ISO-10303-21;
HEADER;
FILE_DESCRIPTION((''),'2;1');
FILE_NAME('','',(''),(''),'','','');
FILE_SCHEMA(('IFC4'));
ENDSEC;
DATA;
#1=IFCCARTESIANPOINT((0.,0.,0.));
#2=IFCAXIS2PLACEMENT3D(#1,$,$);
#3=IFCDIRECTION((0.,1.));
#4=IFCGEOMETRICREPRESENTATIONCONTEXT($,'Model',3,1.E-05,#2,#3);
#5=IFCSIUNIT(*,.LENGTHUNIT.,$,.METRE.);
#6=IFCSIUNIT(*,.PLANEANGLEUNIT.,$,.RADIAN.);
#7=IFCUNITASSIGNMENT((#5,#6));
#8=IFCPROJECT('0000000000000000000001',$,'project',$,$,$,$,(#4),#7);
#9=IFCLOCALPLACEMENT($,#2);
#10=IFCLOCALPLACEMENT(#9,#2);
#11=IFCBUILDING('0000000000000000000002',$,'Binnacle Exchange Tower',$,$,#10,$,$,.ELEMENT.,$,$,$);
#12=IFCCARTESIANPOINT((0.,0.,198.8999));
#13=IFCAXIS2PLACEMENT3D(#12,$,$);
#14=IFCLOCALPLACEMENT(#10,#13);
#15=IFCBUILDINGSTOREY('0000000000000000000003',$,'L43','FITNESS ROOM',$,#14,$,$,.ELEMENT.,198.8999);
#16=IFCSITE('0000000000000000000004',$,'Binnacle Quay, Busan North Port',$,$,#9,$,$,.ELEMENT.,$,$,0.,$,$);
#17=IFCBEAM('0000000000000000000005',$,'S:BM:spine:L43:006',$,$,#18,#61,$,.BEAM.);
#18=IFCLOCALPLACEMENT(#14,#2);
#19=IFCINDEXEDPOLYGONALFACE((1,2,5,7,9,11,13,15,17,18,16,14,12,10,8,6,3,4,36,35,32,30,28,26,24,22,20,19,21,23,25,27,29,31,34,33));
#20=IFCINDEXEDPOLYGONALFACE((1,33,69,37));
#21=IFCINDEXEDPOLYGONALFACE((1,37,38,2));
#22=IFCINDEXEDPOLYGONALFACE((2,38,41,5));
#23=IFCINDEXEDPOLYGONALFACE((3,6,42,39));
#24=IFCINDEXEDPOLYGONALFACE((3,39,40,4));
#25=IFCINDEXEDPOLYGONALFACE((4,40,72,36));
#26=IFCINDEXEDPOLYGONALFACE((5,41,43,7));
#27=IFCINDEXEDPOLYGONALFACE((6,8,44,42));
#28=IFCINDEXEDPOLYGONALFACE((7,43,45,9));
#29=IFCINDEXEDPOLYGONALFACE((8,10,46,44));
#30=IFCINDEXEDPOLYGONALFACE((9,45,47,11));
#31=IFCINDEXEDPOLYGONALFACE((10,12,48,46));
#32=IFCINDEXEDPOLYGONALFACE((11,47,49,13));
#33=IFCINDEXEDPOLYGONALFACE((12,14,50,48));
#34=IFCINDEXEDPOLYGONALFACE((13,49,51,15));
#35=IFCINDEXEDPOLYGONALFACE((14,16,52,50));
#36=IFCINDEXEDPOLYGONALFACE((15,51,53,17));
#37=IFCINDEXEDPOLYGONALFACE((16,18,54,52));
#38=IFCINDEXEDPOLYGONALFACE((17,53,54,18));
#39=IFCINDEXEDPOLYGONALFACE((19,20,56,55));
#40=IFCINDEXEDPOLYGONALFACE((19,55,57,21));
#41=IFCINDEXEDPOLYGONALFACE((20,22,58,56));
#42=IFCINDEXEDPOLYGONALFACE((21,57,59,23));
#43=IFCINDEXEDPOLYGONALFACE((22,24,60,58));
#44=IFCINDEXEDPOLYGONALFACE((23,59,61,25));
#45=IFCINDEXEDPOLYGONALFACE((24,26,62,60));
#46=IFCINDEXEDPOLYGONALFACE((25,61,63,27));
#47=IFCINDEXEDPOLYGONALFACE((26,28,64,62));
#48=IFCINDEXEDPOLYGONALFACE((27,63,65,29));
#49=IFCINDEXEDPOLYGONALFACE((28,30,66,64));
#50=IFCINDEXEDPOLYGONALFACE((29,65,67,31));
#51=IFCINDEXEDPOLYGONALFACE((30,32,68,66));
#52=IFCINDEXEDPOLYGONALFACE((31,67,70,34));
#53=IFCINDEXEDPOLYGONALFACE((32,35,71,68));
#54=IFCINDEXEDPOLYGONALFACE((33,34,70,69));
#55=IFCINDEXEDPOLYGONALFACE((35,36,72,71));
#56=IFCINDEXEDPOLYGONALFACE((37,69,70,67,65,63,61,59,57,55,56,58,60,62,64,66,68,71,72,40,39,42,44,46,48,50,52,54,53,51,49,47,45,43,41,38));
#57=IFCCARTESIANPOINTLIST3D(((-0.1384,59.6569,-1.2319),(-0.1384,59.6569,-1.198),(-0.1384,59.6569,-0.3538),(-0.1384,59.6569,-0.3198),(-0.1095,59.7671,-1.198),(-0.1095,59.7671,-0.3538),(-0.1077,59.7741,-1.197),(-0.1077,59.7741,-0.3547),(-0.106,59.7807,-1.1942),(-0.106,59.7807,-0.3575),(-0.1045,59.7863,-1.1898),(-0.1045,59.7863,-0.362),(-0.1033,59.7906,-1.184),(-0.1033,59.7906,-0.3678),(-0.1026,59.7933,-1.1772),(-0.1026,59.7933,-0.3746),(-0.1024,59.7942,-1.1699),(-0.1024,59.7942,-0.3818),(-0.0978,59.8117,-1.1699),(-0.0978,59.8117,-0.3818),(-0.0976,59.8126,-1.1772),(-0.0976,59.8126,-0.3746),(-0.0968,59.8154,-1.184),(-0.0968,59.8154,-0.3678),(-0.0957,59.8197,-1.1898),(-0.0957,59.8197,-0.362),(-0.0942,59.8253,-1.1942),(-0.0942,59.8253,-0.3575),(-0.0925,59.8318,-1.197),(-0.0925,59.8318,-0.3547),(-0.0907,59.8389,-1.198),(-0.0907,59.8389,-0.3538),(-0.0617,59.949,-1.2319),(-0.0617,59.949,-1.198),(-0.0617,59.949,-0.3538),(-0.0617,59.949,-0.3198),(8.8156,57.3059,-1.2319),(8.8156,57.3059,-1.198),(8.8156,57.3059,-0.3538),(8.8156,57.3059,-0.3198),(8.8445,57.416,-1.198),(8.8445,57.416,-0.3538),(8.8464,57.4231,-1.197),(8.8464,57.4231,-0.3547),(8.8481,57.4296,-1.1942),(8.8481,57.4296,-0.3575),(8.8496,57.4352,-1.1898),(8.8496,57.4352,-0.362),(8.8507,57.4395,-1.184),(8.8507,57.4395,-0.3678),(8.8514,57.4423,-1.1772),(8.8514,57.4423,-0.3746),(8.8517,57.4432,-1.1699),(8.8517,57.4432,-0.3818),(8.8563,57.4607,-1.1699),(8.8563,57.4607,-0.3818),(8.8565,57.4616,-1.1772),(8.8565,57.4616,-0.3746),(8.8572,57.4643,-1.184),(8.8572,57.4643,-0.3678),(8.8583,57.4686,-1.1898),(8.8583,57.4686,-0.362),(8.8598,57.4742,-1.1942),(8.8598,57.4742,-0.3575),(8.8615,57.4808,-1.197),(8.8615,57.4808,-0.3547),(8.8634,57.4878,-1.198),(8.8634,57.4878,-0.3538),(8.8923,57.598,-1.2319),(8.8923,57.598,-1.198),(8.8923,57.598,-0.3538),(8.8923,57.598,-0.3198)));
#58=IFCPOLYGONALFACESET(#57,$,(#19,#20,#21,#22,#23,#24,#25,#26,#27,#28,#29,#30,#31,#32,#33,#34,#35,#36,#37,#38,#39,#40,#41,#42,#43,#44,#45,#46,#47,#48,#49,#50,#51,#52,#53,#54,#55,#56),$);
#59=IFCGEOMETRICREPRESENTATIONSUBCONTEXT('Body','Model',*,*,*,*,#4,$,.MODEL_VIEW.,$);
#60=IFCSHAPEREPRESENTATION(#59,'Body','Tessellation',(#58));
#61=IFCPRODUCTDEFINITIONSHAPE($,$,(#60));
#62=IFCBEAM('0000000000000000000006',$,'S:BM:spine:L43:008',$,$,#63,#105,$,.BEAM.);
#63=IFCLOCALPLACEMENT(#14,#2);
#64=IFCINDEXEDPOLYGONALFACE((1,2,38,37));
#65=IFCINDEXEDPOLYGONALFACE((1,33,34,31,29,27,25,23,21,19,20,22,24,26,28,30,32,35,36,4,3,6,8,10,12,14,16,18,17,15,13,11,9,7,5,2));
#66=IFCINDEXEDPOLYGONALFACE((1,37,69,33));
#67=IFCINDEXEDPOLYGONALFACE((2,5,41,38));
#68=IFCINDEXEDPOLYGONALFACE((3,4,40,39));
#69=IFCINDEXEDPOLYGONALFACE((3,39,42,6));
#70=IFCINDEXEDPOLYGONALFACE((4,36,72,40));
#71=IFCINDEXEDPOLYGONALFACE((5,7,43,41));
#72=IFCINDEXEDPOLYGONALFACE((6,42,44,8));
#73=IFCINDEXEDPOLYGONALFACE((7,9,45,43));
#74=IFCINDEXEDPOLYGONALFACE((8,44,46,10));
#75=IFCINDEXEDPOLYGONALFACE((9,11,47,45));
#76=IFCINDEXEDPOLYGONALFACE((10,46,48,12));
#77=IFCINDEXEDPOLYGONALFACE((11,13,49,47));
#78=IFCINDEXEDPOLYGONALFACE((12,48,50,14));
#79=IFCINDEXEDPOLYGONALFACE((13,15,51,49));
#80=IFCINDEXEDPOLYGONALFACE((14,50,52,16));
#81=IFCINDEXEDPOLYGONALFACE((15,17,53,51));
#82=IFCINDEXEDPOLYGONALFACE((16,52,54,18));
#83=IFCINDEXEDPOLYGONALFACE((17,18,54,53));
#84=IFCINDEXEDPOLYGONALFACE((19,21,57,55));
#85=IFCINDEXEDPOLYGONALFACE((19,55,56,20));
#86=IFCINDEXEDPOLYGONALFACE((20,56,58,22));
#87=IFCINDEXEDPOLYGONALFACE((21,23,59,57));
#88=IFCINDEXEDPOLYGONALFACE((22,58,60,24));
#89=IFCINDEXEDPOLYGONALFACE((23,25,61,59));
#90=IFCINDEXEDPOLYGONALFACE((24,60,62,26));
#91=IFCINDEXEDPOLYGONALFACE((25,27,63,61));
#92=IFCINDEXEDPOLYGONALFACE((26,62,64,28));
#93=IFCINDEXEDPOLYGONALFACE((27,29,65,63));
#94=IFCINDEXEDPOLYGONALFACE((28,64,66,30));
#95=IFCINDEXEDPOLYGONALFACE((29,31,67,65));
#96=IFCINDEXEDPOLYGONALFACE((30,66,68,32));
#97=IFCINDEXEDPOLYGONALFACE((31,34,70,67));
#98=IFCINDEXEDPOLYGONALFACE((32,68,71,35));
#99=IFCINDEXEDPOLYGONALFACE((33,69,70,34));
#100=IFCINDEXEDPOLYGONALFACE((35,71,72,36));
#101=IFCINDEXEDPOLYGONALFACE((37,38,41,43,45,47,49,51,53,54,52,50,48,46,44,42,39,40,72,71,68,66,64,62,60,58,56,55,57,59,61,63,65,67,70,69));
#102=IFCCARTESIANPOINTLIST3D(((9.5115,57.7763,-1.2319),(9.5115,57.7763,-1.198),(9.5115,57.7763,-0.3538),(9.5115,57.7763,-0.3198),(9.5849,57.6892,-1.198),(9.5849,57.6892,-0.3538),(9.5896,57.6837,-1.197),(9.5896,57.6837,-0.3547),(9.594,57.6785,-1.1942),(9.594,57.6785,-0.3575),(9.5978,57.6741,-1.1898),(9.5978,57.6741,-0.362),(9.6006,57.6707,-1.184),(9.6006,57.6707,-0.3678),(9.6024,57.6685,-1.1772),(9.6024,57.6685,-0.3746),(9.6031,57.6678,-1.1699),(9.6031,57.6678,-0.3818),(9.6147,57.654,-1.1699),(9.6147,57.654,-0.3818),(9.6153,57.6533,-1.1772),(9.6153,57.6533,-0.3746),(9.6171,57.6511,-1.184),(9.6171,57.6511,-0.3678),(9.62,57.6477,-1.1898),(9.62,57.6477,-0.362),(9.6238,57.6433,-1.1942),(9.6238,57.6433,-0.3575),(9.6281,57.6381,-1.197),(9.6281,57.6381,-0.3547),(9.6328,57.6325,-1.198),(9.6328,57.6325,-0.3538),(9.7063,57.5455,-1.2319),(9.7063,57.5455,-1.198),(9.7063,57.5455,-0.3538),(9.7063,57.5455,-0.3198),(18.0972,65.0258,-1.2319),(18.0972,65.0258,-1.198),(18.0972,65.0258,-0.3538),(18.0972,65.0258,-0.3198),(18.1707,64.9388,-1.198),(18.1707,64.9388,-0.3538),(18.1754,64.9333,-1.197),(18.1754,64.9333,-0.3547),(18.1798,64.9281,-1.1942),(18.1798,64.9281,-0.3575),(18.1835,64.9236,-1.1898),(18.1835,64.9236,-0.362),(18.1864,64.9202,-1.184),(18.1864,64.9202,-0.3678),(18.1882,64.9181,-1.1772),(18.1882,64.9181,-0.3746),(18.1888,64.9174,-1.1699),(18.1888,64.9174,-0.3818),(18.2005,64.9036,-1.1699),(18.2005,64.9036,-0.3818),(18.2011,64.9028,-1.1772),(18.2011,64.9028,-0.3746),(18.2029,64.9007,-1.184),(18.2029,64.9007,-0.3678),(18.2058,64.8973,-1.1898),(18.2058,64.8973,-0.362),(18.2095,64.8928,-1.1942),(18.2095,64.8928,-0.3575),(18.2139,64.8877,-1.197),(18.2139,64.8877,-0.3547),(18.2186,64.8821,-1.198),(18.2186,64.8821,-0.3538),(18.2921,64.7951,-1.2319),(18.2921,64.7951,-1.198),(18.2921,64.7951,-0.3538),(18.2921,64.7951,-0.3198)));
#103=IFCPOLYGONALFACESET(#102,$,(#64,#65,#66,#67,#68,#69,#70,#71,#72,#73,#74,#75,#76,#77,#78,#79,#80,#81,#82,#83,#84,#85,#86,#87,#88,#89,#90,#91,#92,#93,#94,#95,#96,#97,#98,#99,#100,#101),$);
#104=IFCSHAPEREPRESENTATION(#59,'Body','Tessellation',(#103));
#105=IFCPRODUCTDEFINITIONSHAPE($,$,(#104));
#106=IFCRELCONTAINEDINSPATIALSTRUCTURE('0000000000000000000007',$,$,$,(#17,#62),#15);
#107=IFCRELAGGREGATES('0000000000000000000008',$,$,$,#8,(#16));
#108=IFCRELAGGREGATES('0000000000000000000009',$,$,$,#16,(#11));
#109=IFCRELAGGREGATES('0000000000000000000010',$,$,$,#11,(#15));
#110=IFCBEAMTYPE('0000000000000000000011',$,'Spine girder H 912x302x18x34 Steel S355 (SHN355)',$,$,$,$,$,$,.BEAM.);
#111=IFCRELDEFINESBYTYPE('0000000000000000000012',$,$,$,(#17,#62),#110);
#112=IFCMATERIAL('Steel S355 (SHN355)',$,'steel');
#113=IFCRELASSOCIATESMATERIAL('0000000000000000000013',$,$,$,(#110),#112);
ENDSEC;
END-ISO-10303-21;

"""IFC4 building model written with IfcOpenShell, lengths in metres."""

from ifc_helpers import new_model, si_unit, direction, frame, origin, origin_2d, place, context, subcontext, project, spatial, i_section, extrude, material, material_profile, profile_set, type_object, element, save


model = new_model("IFC4")

# Units and contexts
model_context = context("Model", 3, precision=1e-05, world=origin(), true_north=direction((0.0, 1.0)))
body_context = subcontext(model_context, "Body", "Model", "MODEL_VIEW")
ifc_project = project(units=[si_unit("LENGTHUNIT", "METRE"), si_unit("PLANEANGLEUNIT", "RADIAN")], contexts=[model_context])

# Site, building, storey
site_placement = place(None, origin())
site = spatial("IfcSite", under=ifc_project, at=site_placement, Name="Binnacle Quay, Busan North Port", CompositionType="ELEMENT", RefElevation=0.0)
building_placement = place(site_placement, origin())
building = spatial("IfcBuilding", under=site, at=building_placement, Name="Binnacle Exchange Tower", CompositionType="ELEMENT")
storey_placement = place(building_placement, frame((0.0, 0.0, 198.8999)))
storey = spatial("IfcBuildingStorey", under=building, at=storey_placement, Name="L43", Description="FITNESS ROOM", CompositionType="ELEMENT", Elevation=198.8999)

# Beams
ifc_material_1 = material(Name="Steel S355 (SHN355)", Category="steel")
ifc_material_profile_1 = material_profile(ifc_material_1, i_section(OverallWidth=0.302, OverallDepth=0.9121, WebThickness=0.0181, FlangeThickness=0.0339, FilletRadius=0.0281, at=origin_2d()), Name="H 912x302x18x34")
ifc_profile_set_1 = profile_set([ifc_material_profile_1], Name="Steel S355 (SHN355)")
beam_type_1 = type_object("IfcBeamType", Name="Spine girder H 912x302x18x34 Steel S355 (SHN355)", PredefinedType="BEAM", material=ifc_profile_set_1)
beam_1_placement = place(storey_placement, frame((-0.1001, 59.803, -0.7759), z_axis=(0.967214, -0.253961, 0.0), x_axis=(0.253961, 0.967214, 0.0)))
element("IfcBeam", 1, at=beam_1_placement, inside=storey, type_object=beam_type_1, Name="S:BM:spine:L43:006", PredefinedType="BEAM", context=body_context, shape_type="SweptSolid", body=[
    extrude(i_section(OverallWidth=0.302, OverallDepth=0.9121, WebThickness=0.0181, FlangeThickness=0.0339, FilletRadius=0.0281, at=origin_2d()), origin(), (0.0, 0.0, 1.0), 9.2576),
])
beam_2_placement = place(storey_placement, frame((9.6089, 57.6609, -0.7759), z_axis=(0.764058, 0.645148, 0.0), x_axis=(-0.645148, 0.764058, 0.0)))
element("IfcBeam", 2, at=beam_2_placement, inside=storey, type_object=beam_type_1, Name="S:BM:spine:L43:008", PredefinedType="BEAM", context=body_context, shape_type="SweptSolid", body=[
    extrude(i_section(OverallWidth=0.302, OverallDepth=0.9121, WebThickness=0.0181, FlangeThickness=0.0339, FilletRadius=0.0281, at=origin_2d()), origin(), (0.0, 0.0, 1.0), 11.2371),
])

save(model, "model.ifc")
